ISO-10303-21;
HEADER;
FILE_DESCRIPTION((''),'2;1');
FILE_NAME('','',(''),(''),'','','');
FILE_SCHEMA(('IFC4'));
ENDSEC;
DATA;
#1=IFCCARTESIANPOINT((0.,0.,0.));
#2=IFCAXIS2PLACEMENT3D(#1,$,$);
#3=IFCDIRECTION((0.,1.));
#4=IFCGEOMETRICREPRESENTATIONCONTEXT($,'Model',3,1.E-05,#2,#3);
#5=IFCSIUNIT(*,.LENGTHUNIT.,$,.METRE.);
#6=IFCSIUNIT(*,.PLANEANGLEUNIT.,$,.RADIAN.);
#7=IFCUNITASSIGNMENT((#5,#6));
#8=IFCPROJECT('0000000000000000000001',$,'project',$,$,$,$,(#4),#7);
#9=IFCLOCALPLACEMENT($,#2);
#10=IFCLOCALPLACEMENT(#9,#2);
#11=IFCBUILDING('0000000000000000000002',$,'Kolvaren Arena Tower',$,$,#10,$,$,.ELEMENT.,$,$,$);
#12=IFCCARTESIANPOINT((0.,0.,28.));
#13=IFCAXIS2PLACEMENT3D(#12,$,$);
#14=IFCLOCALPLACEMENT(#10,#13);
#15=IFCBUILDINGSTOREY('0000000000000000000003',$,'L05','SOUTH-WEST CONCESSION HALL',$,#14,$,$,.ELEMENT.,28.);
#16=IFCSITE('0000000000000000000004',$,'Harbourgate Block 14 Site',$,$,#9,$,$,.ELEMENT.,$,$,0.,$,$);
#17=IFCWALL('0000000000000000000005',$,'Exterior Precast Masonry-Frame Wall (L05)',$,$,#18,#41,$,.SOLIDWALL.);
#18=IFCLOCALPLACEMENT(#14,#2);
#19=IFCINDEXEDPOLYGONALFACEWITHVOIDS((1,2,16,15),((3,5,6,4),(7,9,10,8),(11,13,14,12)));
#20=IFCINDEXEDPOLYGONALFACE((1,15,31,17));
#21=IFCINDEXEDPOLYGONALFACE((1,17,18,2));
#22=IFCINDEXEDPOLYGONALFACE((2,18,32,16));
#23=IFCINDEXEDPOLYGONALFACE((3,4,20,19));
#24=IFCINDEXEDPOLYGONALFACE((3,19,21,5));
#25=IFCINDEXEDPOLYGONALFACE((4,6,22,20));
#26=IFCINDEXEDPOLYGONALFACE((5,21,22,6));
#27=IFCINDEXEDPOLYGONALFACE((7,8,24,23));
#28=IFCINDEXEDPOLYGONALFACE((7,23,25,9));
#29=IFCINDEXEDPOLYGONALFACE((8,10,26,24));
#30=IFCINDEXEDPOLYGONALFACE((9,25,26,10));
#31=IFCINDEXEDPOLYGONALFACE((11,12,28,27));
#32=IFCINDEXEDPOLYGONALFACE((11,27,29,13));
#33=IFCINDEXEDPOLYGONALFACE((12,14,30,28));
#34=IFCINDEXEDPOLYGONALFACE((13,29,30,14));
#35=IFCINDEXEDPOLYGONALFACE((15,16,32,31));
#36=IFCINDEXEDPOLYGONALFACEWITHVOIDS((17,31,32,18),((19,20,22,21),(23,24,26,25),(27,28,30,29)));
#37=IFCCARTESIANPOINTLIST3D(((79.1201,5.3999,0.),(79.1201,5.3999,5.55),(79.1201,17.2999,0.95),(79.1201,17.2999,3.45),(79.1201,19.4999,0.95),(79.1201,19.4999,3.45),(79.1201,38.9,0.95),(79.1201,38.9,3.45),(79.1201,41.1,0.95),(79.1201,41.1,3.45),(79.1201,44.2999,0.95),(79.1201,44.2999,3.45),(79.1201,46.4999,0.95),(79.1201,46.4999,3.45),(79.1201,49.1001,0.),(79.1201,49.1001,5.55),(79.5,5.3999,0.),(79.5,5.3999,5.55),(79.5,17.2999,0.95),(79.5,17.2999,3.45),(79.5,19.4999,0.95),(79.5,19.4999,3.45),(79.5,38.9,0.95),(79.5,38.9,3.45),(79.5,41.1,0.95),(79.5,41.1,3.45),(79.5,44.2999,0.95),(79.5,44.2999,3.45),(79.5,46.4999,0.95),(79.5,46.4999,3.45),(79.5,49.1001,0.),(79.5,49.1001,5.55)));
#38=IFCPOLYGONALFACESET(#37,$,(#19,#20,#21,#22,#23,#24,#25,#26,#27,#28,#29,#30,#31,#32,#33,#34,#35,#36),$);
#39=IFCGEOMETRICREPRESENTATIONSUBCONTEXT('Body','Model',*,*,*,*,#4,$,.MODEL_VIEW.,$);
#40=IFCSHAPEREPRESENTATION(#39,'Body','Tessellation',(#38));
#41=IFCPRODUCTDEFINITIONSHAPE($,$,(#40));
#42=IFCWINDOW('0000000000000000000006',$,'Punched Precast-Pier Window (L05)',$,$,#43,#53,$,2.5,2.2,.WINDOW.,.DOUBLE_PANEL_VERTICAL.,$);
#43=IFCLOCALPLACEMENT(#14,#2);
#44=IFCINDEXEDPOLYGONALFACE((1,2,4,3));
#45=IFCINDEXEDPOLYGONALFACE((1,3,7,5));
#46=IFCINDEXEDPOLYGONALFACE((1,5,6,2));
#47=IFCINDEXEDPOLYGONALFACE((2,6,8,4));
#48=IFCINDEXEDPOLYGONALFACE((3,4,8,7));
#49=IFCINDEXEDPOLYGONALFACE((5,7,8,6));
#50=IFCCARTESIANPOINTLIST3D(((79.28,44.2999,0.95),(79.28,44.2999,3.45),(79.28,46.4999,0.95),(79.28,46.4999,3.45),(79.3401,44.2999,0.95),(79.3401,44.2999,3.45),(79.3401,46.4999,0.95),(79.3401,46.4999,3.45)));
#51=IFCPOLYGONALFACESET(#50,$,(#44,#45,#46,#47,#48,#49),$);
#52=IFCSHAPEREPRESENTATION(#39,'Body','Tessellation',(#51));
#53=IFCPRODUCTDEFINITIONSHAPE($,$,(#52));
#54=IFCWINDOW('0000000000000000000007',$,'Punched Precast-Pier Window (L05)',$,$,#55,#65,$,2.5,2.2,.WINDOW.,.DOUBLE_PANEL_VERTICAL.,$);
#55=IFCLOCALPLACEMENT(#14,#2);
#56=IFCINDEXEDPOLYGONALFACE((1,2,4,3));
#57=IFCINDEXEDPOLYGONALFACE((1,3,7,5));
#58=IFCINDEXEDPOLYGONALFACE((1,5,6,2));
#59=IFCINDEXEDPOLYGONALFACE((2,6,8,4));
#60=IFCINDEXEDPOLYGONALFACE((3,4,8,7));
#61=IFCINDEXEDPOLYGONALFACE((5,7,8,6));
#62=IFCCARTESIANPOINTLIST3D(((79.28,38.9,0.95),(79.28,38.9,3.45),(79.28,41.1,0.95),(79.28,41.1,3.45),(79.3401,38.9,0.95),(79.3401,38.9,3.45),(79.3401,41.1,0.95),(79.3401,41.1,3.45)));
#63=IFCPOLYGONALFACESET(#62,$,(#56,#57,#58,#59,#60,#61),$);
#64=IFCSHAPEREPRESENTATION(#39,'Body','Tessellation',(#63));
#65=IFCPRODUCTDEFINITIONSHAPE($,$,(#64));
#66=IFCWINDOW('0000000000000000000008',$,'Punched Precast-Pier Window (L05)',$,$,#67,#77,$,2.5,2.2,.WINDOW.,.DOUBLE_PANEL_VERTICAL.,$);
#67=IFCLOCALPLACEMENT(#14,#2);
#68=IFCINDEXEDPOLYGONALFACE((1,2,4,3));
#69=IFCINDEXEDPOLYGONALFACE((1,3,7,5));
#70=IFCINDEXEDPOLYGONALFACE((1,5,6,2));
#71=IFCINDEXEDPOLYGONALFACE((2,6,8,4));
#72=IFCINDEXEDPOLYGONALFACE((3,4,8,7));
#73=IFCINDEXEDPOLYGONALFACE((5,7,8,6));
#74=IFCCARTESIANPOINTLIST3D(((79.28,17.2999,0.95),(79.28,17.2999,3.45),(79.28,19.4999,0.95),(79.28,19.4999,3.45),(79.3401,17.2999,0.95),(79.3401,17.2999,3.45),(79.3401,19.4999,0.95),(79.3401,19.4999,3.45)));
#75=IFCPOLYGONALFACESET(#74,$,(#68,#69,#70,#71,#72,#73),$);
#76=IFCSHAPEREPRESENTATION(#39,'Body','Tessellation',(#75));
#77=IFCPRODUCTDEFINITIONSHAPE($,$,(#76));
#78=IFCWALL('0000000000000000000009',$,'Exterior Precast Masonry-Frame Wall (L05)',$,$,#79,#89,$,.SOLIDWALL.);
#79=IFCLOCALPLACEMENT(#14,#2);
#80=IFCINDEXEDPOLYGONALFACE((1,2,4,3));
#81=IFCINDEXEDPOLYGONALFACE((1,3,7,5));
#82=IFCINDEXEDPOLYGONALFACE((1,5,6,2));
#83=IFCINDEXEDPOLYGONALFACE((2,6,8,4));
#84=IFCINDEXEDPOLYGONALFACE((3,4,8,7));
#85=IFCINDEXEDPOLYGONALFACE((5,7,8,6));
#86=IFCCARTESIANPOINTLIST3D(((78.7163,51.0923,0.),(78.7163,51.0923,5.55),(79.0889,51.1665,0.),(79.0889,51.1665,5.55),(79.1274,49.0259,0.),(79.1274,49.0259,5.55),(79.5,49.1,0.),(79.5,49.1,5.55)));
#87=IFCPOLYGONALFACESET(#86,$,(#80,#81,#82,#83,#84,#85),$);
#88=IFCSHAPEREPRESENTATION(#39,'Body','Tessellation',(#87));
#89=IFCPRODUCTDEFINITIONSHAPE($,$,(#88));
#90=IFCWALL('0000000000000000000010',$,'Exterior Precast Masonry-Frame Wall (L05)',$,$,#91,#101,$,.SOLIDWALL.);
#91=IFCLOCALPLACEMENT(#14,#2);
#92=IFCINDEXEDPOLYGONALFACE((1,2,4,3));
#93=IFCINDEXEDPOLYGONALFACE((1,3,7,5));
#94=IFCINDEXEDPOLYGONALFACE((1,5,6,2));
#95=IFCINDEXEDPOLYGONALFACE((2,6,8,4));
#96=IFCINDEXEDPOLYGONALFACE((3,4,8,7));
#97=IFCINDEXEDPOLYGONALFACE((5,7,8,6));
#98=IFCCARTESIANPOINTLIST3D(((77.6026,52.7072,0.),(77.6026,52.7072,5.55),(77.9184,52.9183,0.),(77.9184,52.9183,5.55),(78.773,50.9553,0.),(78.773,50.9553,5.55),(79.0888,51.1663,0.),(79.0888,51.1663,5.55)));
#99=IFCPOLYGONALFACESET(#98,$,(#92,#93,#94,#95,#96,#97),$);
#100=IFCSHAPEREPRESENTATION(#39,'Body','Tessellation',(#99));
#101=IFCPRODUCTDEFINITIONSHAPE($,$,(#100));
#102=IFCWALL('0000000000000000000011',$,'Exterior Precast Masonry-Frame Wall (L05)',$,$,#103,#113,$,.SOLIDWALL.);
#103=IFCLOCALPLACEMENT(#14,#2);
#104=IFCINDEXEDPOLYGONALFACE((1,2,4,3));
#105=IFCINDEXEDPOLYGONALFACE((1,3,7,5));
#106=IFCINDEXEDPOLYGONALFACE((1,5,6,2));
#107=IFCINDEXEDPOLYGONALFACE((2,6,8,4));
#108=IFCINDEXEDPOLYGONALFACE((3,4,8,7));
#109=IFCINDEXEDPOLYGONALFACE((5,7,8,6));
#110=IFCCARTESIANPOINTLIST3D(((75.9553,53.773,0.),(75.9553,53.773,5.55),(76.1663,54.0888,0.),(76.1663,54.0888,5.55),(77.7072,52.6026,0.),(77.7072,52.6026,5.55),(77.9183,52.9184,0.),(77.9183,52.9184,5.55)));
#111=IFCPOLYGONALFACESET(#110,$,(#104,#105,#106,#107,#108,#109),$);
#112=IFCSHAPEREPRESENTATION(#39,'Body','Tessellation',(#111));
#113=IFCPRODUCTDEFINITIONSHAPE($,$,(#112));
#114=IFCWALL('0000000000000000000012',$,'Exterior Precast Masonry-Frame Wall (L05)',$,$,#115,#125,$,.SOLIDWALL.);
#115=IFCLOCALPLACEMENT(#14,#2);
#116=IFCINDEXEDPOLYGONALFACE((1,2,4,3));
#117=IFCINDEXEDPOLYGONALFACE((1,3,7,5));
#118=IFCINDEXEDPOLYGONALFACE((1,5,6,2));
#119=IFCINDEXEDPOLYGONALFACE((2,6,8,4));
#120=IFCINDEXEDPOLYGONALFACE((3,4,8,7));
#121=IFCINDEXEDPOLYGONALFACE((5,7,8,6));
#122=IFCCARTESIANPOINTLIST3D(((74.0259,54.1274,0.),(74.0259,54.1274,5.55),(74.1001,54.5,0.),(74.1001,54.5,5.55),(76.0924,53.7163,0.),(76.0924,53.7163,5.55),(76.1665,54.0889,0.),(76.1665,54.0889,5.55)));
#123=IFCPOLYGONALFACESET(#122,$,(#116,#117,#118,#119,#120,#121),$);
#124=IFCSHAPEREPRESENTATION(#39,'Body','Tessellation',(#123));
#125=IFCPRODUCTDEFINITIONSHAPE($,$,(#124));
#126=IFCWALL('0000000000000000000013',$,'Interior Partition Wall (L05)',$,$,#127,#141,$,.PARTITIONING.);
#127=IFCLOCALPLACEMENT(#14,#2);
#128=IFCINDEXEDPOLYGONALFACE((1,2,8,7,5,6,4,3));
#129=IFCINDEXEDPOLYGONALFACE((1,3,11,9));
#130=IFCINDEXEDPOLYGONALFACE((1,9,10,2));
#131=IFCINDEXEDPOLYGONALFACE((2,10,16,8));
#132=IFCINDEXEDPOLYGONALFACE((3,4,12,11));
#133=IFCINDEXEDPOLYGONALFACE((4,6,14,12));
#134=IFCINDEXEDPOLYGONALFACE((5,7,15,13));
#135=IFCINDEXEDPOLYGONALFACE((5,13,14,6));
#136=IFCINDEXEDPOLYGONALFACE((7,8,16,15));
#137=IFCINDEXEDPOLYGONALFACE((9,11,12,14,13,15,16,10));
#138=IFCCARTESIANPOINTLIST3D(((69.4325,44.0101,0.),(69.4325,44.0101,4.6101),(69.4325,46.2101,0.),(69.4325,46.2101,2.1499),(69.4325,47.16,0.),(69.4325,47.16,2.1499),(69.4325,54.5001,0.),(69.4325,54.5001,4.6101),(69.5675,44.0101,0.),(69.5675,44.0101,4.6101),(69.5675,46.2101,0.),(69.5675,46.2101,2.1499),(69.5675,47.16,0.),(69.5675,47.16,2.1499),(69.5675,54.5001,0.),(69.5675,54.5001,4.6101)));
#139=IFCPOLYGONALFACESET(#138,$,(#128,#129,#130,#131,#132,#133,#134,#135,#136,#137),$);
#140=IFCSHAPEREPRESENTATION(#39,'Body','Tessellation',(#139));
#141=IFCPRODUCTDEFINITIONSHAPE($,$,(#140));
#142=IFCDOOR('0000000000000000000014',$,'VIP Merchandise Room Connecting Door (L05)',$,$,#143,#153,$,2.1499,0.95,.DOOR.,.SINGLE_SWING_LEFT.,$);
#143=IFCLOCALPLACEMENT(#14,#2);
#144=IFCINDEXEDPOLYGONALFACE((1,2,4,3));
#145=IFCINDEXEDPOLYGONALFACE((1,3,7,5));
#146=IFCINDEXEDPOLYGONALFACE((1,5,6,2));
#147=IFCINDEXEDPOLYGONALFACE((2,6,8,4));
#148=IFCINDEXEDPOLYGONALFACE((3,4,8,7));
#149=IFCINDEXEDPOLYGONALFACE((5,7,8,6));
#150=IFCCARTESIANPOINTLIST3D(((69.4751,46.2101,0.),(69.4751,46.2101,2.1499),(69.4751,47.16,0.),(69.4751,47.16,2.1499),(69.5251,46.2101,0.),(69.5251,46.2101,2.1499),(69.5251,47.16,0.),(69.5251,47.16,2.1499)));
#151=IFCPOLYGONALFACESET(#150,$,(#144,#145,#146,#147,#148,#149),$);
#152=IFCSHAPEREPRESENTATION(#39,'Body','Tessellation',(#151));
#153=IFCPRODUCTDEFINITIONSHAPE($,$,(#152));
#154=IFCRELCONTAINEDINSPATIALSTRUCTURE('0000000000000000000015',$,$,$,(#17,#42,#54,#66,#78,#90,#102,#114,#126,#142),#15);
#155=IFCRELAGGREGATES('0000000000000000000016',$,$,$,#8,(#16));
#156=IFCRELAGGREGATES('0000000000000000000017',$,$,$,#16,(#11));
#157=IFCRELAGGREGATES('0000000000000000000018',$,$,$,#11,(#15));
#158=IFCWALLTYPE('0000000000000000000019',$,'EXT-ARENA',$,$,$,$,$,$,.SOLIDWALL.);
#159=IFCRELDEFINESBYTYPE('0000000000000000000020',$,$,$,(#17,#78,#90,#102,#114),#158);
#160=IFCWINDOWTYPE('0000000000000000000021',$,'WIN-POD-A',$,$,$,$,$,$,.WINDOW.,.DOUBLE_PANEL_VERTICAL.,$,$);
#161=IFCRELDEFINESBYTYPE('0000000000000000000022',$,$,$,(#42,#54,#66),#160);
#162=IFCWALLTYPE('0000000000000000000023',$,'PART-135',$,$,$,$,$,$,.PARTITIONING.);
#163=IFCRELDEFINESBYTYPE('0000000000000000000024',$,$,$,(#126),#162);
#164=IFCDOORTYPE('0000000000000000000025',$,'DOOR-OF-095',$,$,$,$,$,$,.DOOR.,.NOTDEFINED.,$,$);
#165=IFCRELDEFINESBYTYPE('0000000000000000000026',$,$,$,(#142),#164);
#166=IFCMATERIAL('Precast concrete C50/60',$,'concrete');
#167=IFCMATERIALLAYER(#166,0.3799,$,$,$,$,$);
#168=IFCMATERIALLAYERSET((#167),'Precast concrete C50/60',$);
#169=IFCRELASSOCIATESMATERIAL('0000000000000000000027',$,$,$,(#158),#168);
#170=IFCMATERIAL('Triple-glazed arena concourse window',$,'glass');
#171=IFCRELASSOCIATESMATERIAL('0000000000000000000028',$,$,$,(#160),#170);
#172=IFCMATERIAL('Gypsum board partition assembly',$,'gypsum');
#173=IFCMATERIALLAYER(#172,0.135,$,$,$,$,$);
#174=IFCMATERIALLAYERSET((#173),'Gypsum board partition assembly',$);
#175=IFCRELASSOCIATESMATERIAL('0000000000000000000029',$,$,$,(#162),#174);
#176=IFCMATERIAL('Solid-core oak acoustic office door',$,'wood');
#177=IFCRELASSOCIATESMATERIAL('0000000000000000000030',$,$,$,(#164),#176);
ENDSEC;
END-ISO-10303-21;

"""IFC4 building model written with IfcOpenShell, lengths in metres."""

from ifc_helpers import new_model, si_unit, direction, frame, frame_2d, origin, place, context, subcontext, project, spatial, rectangle, extrude, material, layer, layer_set, type_object, element, fill, save


model = new_model("IFC4")

# Units and contexts
model_context = context("Model", 3, precision=1e-05, world=origin(), true_north=direction((0.0, 1.0)))
body_context = subcontext(model_context, "Body", "Model", "MODEL_VIEW")
ifc_project = project(units=[si_unit("LENGTHUNIT", "METRE"), si_unit("PLANEANGLEUNIT", "RADIAN")], contexts=[model_context])

# Site, building, storey
site_placement = place(None, origin())
site = spatial("IfcSite", under=ifc_project, at=site_placement, Name="Harbourgate Block 14 Site", CompositionType="ELEMENT", RefElevation=0.0)
building_placement = place(site_placement, origin())
building = spatial("IfcBuilding", under=site, at=building_placement, Name="Kolvaren Arena Tower", CompositionType="ELEMENT")
storey_placement = place(building_placement, frame((0.0, 0.0, 28.0)))
storey = spatial("IfcBuildingStorey", under=building, at=storey_placement, Name="L05", Description="SOUTH-WEST CONCESSION HALL", CompositionType="ELEMENT", Elevation=28.0)

# Wall, openings, windows
ifc_material_1 = material(Name="Precast concrete C50/60", Category="concrete")
ifc_layer_1 = layer(ifc_material_1, 0.3799)
ifc_layer_set_1 = layer_set([ifc_layer_1], Name="Precast concrete C50/60")
wall_type_1 = type_object("IfcWallType", Name="EXT-ARENA", PredefinedType="SOLIDWALL", material=ifc_layer_set_1)
wall_1_placement = place(storey_placement, frame((79.3101, 49.1001, 0.0), z_axis=(0.0, 0.0, 1.0), x_axis=(0.0, -1.0, 0.0)))
wall_1 = element("IfcWall", 1, at=wall_1_placement, inside=storey, type_object=wall_type_1, Name="Exterior Precast Masonry-Frame Wall (L05)", PredefinedType="SOLIDWALL", context=body_context, shape_type="SweptSolid", body=[
    extrude(rectangle(XDim=43.7002, YDim=0.3799, at=frame_2d((21.8501, 0.0))), origin(), (0.0, 0.0, 1.0), 5.55),
])
opening_1_placement = place(wall_1_placement, frame((2.6001, 0.0, 0.95)))
opening_1 = element("IfcOpeningElement", 2, at=opening_1_placement, cuts=wall_1, PredefinedType="OPENING", context=body_context, shape_type="SweptSolid", body=[
    extrude(rectangle(XDim=2.2, YDim=2.5, at=frame_2d((1.1001, 1.25))), frame((0.0, 0.2, 0.0), z_axis=(0.0, -1.0, 0.0), x_axis=(1.0, 0.0, 0.0)), (0.0, 0.0, 1.0), 0.3999),
])
opening_2_placement = place(wall_1_placement, frame((8.0, 0.0, 0.95)))
opening_2 = element("IfcOpeningElement", 3, at=opening_2_placement, cuts=wall_1, PredefinedType="OPENING", context=body_context, shape_type="SweptSolid", body=[
    extrude(rectangle(XDim=2.2, YDim=2.5, at=frame_2d((1.1001, 1.25))), frame((0.0, 0.2, 0.0), z_axis=(0.0, -1.0, 0.0), x_axis=(1.0, 0.0, 0.0)), (0.0, 0.0, 1.0), 0.3999),
])
opening_3_placement = place(wall_1_placement, frame((29.6001, 0.0, 0.95)))
opening_3 = element("IfcOpeningElement", 4, at=opening_3_placement, cuts=wall_1, PredefinedType="OPENING", context=body_context, shape_type="SweptSolid", body=[
    extrude(rectangle(XDim=2.2, YDim=2.5, at=frame_2d((1.1001, 1.25))), frame((0.0, 0.2, 0.0), z_axis=(0.0, -1.0, 0.0), x_axis=(1.0, 0.0, 0.0)), (0.0, 0.0, 1.0), 0.3999),
])
ifc_material_2 = material(Name="Triple-glazed arena concourse window", Category="glass")
window_type = type_object("IfcWindowType", Name="WIN-POD-A", PartitioningType="DOUBLE_PANEL_VERTICAL", PredefinedType="WINDOW", material=ifc_material_2)
window_1_placement = place(opening_1_placement, origin())
window_1 = element("IfcWindow", 5, at=window_1_placement, inside=storey, type_object=window_type, Name="Punched Precast-Pier Window (L05)", OverallHeight=2.5, OverallWidth=2.2, PartitioningType="DOUBLE_PANEL_VERTICAL", PredefinedType="WINDOW", context=body_context, shape_type="SweptSolid", body=[
    extrude(rectangle(XDim=2.2, YDim=2.5, at=frame_2d((1.1001, 1.25))), frame((0.0, 0.03, 0.0), z_axis=(0.0, -1.0, 0.0), x_axis=(1.0, 0.0, 0.0)), (0.0, 0.0, 1.0), 0.0601),
])
fill(opening_1, window_1)
window_2_placement = place(opening_2_placement, origin())
window_2 = element("IfcWindow", 6, at=window_2_placement, inside=storey, type_object=window_type, Name="Punched Precast-Pier Window (L05)", OverallHeight=2.5, OverallWidth=2.2, PartitioningType="DOUBLE_PANEL_VERTICAL", PredefinedType="WINDOW", context=body_context, shape_type="SweptSolid", body=[
    extrude(rectangle(XDim=2.2, YDim=2.5, at=frame_2d((1.1001, 1.25))), frame((0.0, 0.03, 0.0), z_axis=(0.0, -1.0, 0.0), x_axis=(1.0, 0.0, 0.0)), (0.0, 0.0, 1.0), 0.0601),
])
fill(opening_2, window_2)
window_3_placement = place(opening_3_placement, origin())
window_3 = element("IfcWindow", 7, at=window_3_placement, inside=storey, type_object=window_type, Name="Punched Precast-Pier Window (L05)", OverallHeight=2.5, OverallWidth=2.2, PartitioningType="DOUBLE_PANEL_VERTICAL", PredefinedType="WINDOW", context=body_context, shape_type="SweptSolid", body=[
    extrude(rectangle(XDim=2.2, YDim=2.5, at=frame_2d((1.1001, 1.25))), frame((0.0, 0.03, 0.0), z_axis=(0.0, -1.0, 0.0), x_axis=(1.0, 0.0, 0.0)), (0.0, 0.0, 1.0), 0.0601),
])
fill(opening_3, window_3)

# Walls
for number, where, z_axis, x_axis, name in (
    (8, (78.9026, 51.1294, 0.0), (0.0, 0.0, 1.0), (0.195136, -0.980776, 0.0), "Exterior Precast Masonry-Frame Wall (L05)"),
    (9, (77.7605, 52.8127, 0.0), (0.0, 0.0, 1.0), (0.555502, -0.831515, 0.0), "Exterior Precast Masonry-Frame Wall (L05)"),
    (10, (76.0608, 53.9309, 0.0), (0.0, 0.0, 1.0), (0.831515, -0.555502, 0.0), "Exterior Precast Masonry-Frame Wall (L05)"),
    (11, (74.063, 54.3137, 0.0), (0.0, 0.0, 1.0), (0.980776, -0.195136, 0.0), "Exterior Precast Masonry-Frame Wall (L05)"),
):
    element("IfcWall", number, at=place(storey_placement, frame(where, z_axis=z_axis, x_axis=x_axis)), inside=storey, type_object=wall_type_1, Name=name, PredefinedType="SOLIDWALL", context=body_context, shape_type="SweptSolid", body=[
        extrude(rectangle(XDim=2.1069, YDim=0.3799, at=frame_2d((1.0535, 0.0))), origin(), (0.0, 0.0, 1.0), 5.55),
    ])

# Wall, opening, door
ifc_material_3 = material(Name="Gypsum board partition assembly", Category="gypsum")
ifc_layer_2 = layer(ifc_material_3, 0.135)
ifc_layer_set_2 = layer_set([ifc_layer_2], Name="Gypsum board partition assembly")
wall_type_2 = type_object("IfcWallType", Name="PART-135", PredefinedType="PARTITIONING", material=ifc_layer_set_2)
wall_2_placement = place(storey_placement, frame((69.5, 44.01, 0.0), z_axis=(0.0, 0.0, 1.0), x_axis=(0.0, 1.0, 0.0)))
wall_2 = element("IfcWall", 12, at=wall_2_placement, inside=storey, type_object=wall_type_2, Name="Interior Partition Wall (L05)", PredefinedType="PARTITIONING", context=body_context, shape_type="SweptSolid", body=[
    extrude(rectangle(XDim=10.49, YDim=0.135, at=frame_2d((5.2451, 0.0))), origin(), (0.0, 0.0, 1.0), 4.6101),
])
opening_4_placement = place(wall_2_placement, frame((2.2, 0.0, 0.0)))
opening_4 = element("IfcOpeningElement", 13, at=opening_4_placement, cuts=wall_2, PredefinedType="OPENING", context=body_context, shape_type="SweptSolid", body=[
    extrude(rectangle(XDim=0.95, YDim=2.1499, at=frame_2d((0.4751, 1.075))), frame((0.0, 0.0774, 0.0), z_axis=(0.0, -1.0, 0.0), x_axis=(1.0, 0.0, 0.0)), (0.0, 0.0, 1.0), 0.155),
])
ifc_material_4 = material(Name="Solid-core oak acoustic office door", Category="wood")
door_type = type_object("IfcDoorType", Name="DOOR-OF-095", OperationType="NOTDEFINED", PredefinedType="DOOR", material=ifc_material_4)
door_placement = place(opening_4_placement, origin())
door = element("IfcDoor", 14, at=door_placement, inside=storey, type_object=door_type, Name="VIP Merchandise Room Connecting Door (L05)", OperationType="SINGLE_SWING_LEFT", OverallHeight=2.1499, OverallWidth=0.95, PredefinedType="DOOR", context=body_context, shape_type="SweptSolid", body=[
    extrude(rectangle(XDim=0.95, YDim=2.1499, at=frame_2d((0.4751, 1.075))), frame((0.0, 0.0249, 0.0), z_axis=(0.0, -1.0, 0.0), x_axis=(1.0, 0.0, 0.0)), (0.0, 0.0, 1.0), 0.05),
])
fill(opening_4, door)

save(model, "model.ifc")
